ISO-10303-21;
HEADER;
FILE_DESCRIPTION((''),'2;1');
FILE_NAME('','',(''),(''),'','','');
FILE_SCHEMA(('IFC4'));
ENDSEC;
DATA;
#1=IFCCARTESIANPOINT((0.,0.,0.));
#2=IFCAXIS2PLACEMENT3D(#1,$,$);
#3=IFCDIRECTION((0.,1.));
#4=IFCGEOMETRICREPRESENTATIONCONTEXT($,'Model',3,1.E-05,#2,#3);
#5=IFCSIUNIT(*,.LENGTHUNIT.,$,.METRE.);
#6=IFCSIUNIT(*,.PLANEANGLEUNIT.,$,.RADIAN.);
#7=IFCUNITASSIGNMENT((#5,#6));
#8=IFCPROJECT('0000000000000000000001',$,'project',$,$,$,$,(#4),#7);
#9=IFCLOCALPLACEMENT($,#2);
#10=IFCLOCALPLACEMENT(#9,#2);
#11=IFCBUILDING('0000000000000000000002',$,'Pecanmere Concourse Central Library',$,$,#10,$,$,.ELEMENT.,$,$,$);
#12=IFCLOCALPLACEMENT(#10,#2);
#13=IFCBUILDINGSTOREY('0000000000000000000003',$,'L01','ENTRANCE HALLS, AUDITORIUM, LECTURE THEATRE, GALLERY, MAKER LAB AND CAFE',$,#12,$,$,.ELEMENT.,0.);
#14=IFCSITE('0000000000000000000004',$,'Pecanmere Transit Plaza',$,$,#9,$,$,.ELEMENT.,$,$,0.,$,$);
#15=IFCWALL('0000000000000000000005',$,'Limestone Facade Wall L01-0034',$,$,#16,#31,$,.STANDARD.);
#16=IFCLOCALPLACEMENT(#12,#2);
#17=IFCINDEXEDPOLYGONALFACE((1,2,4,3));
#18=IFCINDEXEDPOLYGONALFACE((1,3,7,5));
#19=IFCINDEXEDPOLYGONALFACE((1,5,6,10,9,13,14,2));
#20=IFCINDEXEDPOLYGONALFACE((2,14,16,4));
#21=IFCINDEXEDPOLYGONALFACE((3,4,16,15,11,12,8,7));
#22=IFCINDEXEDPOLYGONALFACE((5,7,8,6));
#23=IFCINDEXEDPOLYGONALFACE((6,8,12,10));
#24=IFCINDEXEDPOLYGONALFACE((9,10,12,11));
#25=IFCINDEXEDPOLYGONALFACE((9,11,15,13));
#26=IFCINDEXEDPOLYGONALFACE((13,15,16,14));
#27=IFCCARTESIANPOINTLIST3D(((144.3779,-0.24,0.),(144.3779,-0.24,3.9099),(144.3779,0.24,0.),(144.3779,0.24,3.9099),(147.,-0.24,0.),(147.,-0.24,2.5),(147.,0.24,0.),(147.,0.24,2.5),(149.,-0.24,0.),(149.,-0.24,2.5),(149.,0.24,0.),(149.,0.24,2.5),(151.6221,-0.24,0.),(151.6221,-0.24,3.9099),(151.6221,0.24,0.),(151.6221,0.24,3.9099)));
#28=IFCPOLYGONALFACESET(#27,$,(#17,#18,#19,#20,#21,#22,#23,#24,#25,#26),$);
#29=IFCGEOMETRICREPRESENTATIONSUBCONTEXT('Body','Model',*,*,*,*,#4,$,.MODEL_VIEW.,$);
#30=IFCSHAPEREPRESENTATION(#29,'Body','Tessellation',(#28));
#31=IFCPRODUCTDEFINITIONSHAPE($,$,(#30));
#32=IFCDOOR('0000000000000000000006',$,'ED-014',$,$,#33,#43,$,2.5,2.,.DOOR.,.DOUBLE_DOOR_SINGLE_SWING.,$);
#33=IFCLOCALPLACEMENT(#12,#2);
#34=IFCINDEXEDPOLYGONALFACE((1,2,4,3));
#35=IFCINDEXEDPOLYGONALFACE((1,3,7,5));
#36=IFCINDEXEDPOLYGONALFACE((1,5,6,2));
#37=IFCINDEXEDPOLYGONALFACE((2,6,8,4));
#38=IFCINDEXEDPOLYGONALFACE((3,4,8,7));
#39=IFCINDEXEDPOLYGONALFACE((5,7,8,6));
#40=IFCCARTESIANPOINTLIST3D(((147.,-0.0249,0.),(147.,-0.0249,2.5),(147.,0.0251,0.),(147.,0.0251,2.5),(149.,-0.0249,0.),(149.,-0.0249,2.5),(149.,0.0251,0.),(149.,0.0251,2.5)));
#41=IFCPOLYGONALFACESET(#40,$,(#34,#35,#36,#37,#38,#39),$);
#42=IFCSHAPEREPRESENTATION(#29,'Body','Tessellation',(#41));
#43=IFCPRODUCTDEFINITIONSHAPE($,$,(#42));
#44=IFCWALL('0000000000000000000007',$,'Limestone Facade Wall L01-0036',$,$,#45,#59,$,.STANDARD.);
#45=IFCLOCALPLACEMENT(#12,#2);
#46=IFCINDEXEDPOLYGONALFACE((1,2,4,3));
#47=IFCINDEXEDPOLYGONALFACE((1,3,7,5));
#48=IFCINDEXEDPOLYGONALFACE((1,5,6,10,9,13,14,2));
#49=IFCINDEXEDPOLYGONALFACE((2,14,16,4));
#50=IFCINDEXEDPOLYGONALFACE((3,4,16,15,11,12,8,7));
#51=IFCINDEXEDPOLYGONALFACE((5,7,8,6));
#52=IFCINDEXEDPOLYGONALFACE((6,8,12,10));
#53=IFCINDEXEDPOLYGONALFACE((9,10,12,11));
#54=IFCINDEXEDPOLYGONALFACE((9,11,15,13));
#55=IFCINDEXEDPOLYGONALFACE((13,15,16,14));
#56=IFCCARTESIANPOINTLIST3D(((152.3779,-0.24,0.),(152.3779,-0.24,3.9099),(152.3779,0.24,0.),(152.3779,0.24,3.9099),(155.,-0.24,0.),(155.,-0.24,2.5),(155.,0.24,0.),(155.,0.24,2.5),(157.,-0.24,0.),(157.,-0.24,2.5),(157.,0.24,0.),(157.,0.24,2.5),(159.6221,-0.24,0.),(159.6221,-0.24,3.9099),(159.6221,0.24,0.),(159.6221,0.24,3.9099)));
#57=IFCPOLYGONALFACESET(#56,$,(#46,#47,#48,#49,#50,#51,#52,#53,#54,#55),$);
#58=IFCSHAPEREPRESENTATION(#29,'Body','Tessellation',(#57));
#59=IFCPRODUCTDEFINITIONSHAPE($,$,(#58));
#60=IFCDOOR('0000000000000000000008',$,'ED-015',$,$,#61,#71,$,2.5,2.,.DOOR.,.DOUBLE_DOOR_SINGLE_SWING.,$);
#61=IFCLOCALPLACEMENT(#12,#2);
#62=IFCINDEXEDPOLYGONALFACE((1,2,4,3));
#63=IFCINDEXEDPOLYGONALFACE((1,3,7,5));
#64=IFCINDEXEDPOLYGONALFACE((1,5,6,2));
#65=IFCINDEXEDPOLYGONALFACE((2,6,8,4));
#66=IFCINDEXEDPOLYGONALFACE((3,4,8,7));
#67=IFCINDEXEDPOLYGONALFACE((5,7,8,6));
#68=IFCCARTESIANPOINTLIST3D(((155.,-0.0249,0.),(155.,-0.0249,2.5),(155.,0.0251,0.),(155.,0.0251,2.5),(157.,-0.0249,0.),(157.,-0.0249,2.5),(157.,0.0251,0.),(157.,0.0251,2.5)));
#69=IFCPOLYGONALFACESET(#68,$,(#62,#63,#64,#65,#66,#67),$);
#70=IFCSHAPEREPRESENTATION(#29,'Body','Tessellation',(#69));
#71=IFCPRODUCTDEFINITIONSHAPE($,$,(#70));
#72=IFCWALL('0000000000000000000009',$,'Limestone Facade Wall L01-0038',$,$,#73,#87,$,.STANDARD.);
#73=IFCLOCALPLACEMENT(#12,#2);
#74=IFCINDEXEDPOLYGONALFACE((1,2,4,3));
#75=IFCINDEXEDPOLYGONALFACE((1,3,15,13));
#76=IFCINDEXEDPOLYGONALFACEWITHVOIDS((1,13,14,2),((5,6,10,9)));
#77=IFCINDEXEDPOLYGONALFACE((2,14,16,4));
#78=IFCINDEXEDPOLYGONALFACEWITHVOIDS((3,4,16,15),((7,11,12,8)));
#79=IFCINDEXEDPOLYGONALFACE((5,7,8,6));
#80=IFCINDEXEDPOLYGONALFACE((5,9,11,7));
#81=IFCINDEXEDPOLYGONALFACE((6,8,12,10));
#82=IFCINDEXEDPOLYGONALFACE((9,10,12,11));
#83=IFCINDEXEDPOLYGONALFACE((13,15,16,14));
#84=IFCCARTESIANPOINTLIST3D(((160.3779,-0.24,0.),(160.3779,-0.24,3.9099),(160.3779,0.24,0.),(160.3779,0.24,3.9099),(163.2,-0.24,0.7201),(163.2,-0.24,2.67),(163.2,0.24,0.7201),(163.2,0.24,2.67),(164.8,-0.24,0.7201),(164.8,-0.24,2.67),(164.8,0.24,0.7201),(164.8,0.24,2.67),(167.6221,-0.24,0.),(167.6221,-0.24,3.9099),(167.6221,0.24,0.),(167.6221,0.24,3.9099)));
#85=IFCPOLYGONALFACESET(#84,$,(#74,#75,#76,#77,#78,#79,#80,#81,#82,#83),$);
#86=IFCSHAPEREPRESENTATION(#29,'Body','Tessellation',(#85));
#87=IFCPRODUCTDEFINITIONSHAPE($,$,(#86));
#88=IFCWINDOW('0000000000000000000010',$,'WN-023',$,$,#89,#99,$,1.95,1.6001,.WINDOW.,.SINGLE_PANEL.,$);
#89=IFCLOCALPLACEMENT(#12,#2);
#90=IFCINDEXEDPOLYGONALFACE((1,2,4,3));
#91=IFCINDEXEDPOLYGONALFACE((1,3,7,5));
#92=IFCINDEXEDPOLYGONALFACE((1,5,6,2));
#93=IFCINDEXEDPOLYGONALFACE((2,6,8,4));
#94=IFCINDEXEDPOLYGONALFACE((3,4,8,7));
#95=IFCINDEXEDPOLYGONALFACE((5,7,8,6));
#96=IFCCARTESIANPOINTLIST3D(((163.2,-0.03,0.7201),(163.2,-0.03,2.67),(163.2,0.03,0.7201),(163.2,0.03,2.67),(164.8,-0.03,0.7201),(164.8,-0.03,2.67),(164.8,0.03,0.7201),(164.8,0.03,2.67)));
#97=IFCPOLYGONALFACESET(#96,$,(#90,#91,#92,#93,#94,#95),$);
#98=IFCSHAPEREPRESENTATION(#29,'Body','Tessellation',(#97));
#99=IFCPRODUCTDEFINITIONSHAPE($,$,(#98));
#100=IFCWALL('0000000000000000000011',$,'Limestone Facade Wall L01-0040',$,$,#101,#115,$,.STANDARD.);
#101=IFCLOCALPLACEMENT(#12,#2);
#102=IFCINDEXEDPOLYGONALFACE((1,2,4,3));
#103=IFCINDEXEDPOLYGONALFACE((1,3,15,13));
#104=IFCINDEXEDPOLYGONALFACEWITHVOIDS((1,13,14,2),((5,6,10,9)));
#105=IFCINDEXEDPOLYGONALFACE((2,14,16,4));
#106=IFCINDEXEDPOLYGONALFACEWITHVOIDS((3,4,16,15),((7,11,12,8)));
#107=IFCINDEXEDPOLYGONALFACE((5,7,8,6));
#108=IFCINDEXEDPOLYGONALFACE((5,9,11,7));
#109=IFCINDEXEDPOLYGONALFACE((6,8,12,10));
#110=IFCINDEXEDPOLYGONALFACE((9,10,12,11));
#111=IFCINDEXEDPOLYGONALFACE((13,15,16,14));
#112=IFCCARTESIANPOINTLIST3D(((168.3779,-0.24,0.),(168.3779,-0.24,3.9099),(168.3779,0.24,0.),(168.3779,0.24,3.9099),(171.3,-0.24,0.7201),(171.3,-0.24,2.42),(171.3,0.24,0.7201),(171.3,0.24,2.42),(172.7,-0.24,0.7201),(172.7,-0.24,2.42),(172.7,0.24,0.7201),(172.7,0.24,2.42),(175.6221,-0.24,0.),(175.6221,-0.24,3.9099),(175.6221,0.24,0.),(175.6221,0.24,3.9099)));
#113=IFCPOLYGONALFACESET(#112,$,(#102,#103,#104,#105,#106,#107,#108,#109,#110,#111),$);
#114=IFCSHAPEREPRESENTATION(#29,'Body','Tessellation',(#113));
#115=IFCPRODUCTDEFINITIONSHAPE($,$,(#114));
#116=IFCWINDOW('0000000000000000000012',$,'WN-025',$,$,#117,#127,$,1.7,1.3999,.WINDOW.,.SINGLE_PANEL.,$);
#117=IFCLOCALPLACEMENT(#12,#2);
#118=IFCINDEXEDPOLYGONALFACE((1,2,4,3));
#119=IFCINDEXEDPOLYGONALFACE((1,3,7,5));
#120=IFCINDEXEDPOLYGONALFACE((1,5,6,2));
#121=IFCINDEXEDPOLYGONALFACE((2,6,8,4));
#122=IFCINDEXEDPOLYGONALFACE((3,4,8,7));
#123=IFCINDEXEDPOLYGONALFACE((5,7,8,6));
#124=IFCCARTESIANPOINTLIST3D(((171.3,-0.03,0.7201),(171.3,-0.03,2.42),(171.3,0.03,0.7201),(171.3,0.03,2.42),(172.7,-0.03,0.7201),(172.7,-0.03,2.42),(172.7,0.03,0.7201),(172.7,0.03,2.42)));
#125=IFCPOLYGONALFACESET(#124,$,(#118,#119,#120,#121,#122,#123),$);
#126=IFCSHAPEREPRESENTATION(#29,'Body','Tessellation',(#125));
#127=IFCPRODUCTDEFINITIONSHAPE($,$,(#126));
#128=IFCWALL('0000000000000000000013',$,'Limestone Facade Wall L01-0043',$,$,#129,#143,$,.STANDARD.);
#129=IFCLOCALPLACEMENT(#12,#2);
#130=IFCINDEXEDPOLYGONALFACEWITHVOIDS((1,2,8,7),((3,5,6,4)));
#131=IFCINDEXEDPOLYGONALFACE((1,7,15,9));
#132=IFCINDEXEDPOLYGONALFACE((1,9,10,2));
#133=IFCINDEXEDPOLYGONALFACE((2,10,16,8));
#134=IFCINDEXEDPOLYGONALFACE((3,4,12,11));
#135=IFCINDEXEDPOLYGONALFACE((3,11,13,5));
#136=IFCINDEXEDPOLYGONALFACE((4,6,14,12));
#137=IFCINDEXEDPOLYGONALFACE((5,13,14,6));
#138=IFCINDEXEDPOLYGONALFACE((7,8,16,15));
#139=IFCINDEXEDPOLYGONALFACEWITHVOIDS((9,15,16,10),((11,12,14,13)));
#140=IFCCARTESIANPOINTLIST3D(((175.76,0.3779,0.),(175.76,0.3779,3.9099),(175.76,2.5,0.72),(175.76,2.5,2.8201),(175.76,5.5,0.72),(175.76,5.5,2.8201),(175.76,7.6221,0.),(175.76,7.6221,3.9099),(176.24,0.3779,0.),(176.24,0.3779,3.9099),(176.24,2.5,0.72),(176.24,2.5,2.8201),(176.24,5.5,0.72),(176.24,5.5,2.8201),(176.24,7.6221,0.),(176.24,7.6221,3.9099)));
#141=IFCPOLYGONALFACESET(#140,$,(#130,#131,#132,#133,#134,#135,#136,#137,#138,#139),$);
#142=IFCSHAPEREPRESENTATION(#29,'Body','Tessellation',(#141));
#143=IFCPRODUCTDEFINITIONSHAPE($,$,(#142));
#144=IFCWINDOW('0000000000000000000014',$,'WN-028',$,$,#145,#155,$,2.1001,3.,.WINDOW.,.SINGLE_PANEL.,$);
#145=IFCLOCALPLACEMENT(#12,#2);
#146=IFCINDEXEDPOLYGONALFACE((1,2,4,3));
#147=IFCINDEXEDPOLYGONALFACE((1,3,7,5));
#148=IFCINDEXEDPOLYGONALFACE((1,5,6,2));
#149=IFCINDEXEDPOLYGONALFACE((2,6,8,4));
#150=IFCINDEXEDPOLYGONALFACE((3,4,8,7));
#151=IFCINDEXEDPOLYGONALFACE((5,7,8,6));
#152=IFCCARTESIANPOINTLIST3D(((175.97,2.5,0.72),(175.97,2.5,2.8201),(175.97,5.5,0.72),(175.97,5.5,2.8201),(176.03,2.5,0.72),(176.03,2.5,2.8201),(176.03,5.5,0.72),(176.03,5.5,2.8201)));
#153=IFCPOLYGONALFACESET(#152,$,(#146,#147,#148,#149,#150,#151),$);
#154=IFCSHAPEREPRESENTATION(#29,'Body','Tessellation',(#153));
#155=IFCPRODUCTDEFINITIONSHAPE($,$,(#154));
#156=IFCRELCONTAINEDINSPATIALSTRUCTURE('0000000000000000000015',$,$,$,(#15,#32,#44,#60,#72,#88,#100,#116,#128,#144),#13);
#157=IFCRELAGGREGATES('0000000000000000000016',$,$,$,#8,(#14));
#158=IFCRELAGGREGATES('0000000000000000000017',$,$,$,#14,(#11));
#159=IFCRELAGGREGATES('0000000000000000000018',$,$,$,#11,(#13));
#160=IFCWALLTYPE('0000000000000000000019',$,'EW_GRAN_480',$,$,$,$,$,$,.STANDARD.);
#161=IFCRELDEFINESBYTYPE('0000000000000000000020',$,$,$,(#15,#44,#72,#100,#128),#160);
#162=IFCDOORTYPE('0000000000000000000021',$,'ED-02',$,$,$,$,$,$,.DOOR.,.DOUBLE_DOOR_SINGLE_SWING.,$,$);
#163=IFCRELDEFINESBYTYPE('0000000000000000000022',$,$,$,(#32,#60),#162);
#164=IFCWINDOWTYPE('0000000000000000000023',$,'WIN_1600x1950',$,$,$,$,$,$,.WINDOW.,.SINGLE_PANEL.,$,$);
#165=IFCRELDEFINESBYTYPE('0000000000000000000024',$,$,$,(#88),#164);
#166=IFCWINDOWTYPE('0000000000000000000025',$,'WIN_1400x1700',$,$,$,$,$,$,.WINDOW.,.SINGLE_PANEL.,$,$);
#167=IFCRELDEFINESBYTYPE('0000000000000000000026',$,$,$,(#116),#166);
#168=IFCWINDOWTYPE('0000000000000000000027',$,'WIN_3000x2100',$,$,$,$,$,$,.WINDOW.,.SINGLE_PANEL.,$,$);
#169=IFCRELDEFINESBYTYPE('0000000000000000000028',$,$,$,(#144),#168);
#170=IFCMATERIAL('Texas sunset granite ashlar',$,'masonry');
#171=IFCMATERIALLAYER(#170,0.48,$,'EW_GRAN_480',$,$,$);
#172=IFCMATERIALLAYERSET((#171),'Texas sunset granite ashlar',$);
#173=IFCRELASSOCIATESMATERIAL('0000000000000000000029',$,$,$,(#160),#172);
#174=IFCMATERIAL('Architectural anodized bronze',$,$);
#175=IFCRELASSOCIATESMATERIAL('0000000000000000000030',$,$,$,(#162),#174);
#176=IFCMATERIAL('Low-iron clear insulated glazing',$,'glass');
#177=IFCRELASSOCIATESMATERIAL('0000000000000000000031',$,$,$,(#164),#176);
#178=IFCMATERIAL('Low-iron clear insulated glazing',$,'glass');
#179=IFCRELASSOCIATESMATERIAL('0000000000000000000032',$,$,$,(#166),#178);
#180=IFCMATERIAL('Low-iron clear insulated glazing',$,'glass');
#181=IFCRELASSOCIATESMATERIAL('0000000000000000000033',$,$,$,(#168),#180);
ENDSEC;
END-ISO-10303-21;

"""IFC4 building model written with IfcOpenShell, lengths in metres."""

from ifc_helpers import new_model, si_unit, direction, frame, frame_2d, origin, place, context, subcontext, project, spatial, rectangle, extrude, material, layer, layer_set, type_object, element, fill, save


model = new_model("IFC4")

# Units and contexts
model_context = context("Model", 3, precision=1e-05, world=origin(), true_north=direction((0.0, 1.0)))
body_context = subcontext(model_context, "Body", "Model", "MODEL_VIEW")
ifc_project = project(units=[si_unit("LENGTHUNIT", "METRE"), si_unit("PLANEANGLEUNIT", "RADIAN")], contexts=[model_context])

# Site, building, storey
site_placement = place(None, origin())
site = spatial("IfcSite", under=ifc_project, at=site_placement, Name="Pecanmere Transit Plaza", CompositionType="ELEMENT", RefElevation=0.0)
building_placement = place(site_placement, origin())
building = spatial("IfcBuilding", under=site, at=building_placement, Name="Pecanmere Concourse Central Library", CompositionType="ELEMENT")
storey_placement = place(building_placement, origin())
storey = spatial("IfcBuildingStorey", under=building, at=storey_placement, Name="L01", Description="ENTRANCE HALLS, AUDITORIUM, LECTURE THEATRE, GALLERY, MAKER LAB AND CAFE", CompositionType="ELEMENT", Elevation=0.0)

# Shared definitions
ifc_material_1 = material(Name="Texas sunset granite ashlar", Category="masonry")
ifc_layer_1 = layer(ifc_material_1, 0.48, Name="EW_GRAN_480")
ifc_layer_set_1 = layer_set([ifc_layer_1], Name="Texas sunset granite ashlar")
wall_type_1 = type_object("IfcWallType", Name="EW_GRAN_480", PredefinedType="STANDARD", material=ifc_layer_set_1)

# Walls, openings, doors
wall_1_placement = place(storey_placement, frame((144.3779, 0.0, 0.0), z_axis=(0.0, 0.0, 1.0), x_axis=(1.0, 0.0, 0.0)))
wall_1 = element("IfcWall", 1, at=wall_1_placement, inside=storey, type_object=wall_type_1, Name="Limestone Facade Wall L01-0034", PredefinedType="STANDARD", context=body_context, shape_type="SweptSolid", body=[
    extrude(rectangle(XDim=7.2441, YDim=0.48, at=frame_2d((3.6221, 0.0))), origin(), (0.0, 0.0, 1.0), 3.9099),
])
opening_1_placement = place(wall_1_placement, frame((2.6221, 0.0, 0.0)))
opening_1 = element("IfcOpeningElement", 2, at=opening_1_placement, cuts=wall_1, PredefinedType="OPENING", context=body_context, shape_type="SweptSolid", body=[
    extrude(rectangle(XDim=2.0, YDim=2.5, at=frame_2d((1.0, 1.25))), frame((0.0, 0.252, 0.0), z_axis=(0.0, -1.0, 0.0), x_axis=(1.0, 0.0, 0.0)), (0.0, 0.0, 1.0), 0.5039),
])
ifc_material_2 = material(Name="Architectural anodized bronze")
door_type_1 = type_object("IfcDoorType", Name="ED-02", OperationType="DOUBLE_DOOR_SINGLE_SWING", PredefinedType="DOOR", material=ifc_material_2)
door_1_placement = place(opening_1_placement, frame((2.0, 0.0, 0.0), z_axis=(0.0, 0.0, 1.0), x_axis=(-1.0, 0.0, 0.0)))
door_1 = element("IfcDoor", 3, at=door_1_placement, inside=storey, type_object=door_type_1, Name="ED-014", OperationType="DOUBLE_DOOR_SINGLE_SWING", OverallHeight=2.5, OverallWidth=2.0, PredefinedType="DOOR", context=body_context, shape_type="SweptSolid", body=[
    extrude(rectangle(XDim=2.0, YDim=2.5, at=frame_2d((1.0, 1.25))), frame((0.0, 0.0249, 0.0), z_axis=(0.0, -1.0, 0.0), x_axis=(1.0, 0.0, 0.0)), (0.0, 0.0, 1.0), 0.05),
])
fill(opening_1, door_1)
wall_2_placement = place(storey_placement, frame((152.3779, 0.0, 0.0), z_axis=(0.0, 0.0, 1.0), x_axis=(1.0, 0.0, 0.0)))
wall_2 = element("IfcWall", 4, at=wall_2_placement, inside=storey, type_object=wall_type_1, Name="Limestone Facade Wall L01-0036", PredefinedType="STANDARD", context=body_context, shape_type="SweptSolid", body=[
    extrude(rectangle(XDim=7.2441, YDim=0.48, at=frame_2d((3.6221, 0.0))), origin(), (0.0, 0.0, 1.0), 3.9099),
])
opening_2_placement = place(wall_2_placement, frame((2.6221, 0.0, 0.0)))
opening_2 = element("IfcOpeningElement", 5, at=opening_2_placement, cuts=wall_2, PredefinedType="OPENING", context=body_context, shape_type="SweptSolid", body=[
    extrude(rectangle(XDim=2.0, YDim=2.5, at=frame_2d((1.0, 1.25))), frame((0.0, 0.252, 0.0), z_axis=(0.0, -1.0, 0.0), x_axis=(1.0, 0.0, 0.0)), (0.0, 0.0, 1.0), 0.5039),
])
door_2_placement = place(opening_2_placement, frame((2.0, 0.0, 0.0), z_axis=(0.0, 0.0, 1.0), x_axis=(-1.0, 0.0, 0.0)))
door_2 = element("IfcDoor", 6, at=door_2_placement, inside=storey, type_object=door_type_1, Name="ED-015", OperationType="DOUBLE_DOOR_SINGLE_SWING", OverallHeight=2.5, OverallWidth=2.0, PredefinedType="DOOR", context=body_context, shape_type="SweptSolid", body=[
    extrude(rectangle(XDim=2.0, YDim=2.5, at=frame_2d((1.0, 1.25))), frame((0.0, 0.0249, 0.0), z_axis=(0.0, -1.0, 0.0), x_axis=(1.0, 0.0, 0.0)), (0.0, 0.0, 1.0), 0.05),
])
fill(opening_2, door_2)

# Walls, openings, windows
wall_3_placement = place(storey_placement, frame((160.3779, 0.0, 0.0), z_axis=(0.0, 0.0, 1.0), x_axis=(1.0, 0.0, 0.0)))
wall_3 = element("IfcWall", 7, at=wall_3_placement, inside=storey, type_object=wall_type_1, Name="Limestone Facade Wall L01-0038", PredefinedType="STANDARD", context=body_context, shape_type="SweptSolid", body=[
    extrude(rectangle(XDim=7.2441, YDim=0.48, at=frame_2d((3.6221, 0.0))), origin(), (0.0, 0.0, 1.0), 3.9099),
])
opening_3_placement = place(wall_3_placement, frame((2.822, 0.0, 0.72)))
opening_3 = element("IfcOpeningElement", 8, at=opening_3_placement, cuts=wall_3, PredefinedType="OPENING", context=body_context, shape_type="SweptSolid", body=[
    extrude(rectangle(XDim=1.6001, YDim=1.95, at=frame_2d((0.8, 0.9751))), frame((0.0, 0.252, 0.0), z_axis=(0.0, -1.0, 0.0), x_axis=(1.0, 0.0, 0.0)), (0.0, 0.0, 1.0), 0.5039),
])
ifc_material_3 = material(Name="Low-iron clear insulated glazing", Category="glass")
window_type_1 = type_object("IfcWindowType", Name="WIN_1600x1950", PartitioningType="SINGLE_PANEL", PredefinedType="WINDOW", material=ifc_material_3)
window_1_placement = place(opening_3_placement, origin())
window_1 = element("IfcWindow", 9, at=window_1_placement, inside=storey, type_object=window_type_1, Name="WN-023", OverallHeight=1.95, OverallWidth=1.6001, PartitioningType="SINGLE_PANEL", PredefinedType="WINDOW", context=body_context, shape_type="SweptSolid", body=[
    extrude(rectangle(XDim=1.6001, YDim=1.95, at=frame_2d((0.8, 0.9751))), frame((0.0, 0.03, 0.0), z_axis=(0.0, -1.0, 0.0), x_axis=(1.0, 0.0, 0.0)), (0.0, 0.0, 1.0), 0.0601),
])
fill(opening_3, window_1)
wall_4_placement = place(storey_placement, frame((168.3779, 0.0, 0.0), z_axis=(0.0, 0.0, 1.0), x_axis=(1.0, 0.0, 0.0)))
wall_4 = element("IfcWall", 10, at=wall_4_placement, inside=storey, type_object=wall_type_1, Name="Limestone Facade Wall L01-0040", PredefinedType="STANDARD", context=body_context, shape_type="SweptSolid", body=[
    extrude(rectangle(XDim=7.2441, YDim=0.48, at=frame_2d((3.6221, 0.0))), origin(), (0.0, 0.0, 1.0), 3.9099),
])
opening_4_placement = place(wall_4_placement, frame((2.9221, 0.0, 0.72)))
opening_4 = element("IfcOpeningElement", 11, at=opening_4_placement, cuts=wall_4, PredefinedType="OPENING", context=body_context, shape_type="SweptSolid", body=[
    extrude(rectangle(XDim=1.3999, YDim=1.7, at=frame_2d((0.7, 0.8501))), frame((0.0, 0.252, 0.0), z_axis=(0.0, -1.0, 0.0), x_axis=(1.0, 0.0, 0.0)), (0.0, 0.0, 1.0), 0.5039),
])
ifc_material_4 = material(Name="Low-iron clear insulated glazing", Category="glass")
window_type_2 = type_object("IfcWindowType", Name="WIN_1400x1700", PartitioningType="SINGLE_PANEL", PredefinedType="WINDOW", material=ifc_material_4)
window_2_placement = place(opening_4_placement, origin())
window_2 = element("IfcWindow", 12, at=window_2_placement, inside=storey, type_object=window_type_2, Name="WN-025", OverallHeight=1.7, OverallWidth=1.3999, PartitioningType="SINGLE_PANEL", PredefinedType="WINDOW", context=body_context, shape_type="SweptSolid", body=[
    extrude(rectangle(XDim=1.3999, YDim=1.7, at=frame_2d((0.7, 0.8501))), frame((0.0, 0.03, 0.0), z_axis=(0.0, -1.0, 0.0), x_axis=(1.0, 0.0, 0.0)), (0.0, 0.0, 1.0), 0.0601),
])
fill(opening_4, window_2)
wall_5_placement = place(storey_placement, frame((176.0, 0.3779, 0.0), z_axis=(0.0, 0.0, 1.0), x_axis=(0.0, 1.0, 0.0)))
wall_5 = element("IfcWall", 13, at=wall_5_placement, inside=storey, type_object=wall_type_1, Name="Limestone Facade Wall L01-0043", PredefinedType="STANDARD", context=body_context, shape_type="SweptSolid", body=[
    extrude(rectangle(XDim=7.2441, YDim=0.48, at=frame_2d((3.6221, 0.0))), origin(), (0.0, 0.0, 1.0), 3.9099),
])
opening_5_placement = place(wall_5_placement, frame((2.1221, 0.0, 0.72)))
opening_5 = element("IfcOpeningElement", 14, at=opening_5_placement, cuts=wall_5, PredefinedType="OPENING", context=body_context, shape_type="SweptSolid", body=[
    extrude(rectangle(XDim=3.0, YDim=2.1001, at=frame_2d((1.5, 1.05))), frame((0.0, 0.252, 0.0), z_axis=(0.0, -1.0, 0.0), x_axis=(1.0, 0.0, 0.0)), (0.0, 0.0, 1.0), 0.5039),
])
ifc_material_5 = material(Name="Low-iron clear insulated glazing", Category="glass")
window_type_3 = type_object("IfcWindowType", Name="WIN_3000x2100", PartitioningType="SINGLE_PANEL", PredefinedType="WINDOW", material=ifc_material_5)
window_3_placement = place(opening_5_placement, origin())
window_3 = element("IfcWindow", 15, at=window_3_placement, inside=storey, type_object=window_type_3, Name="WN-028", OverallHeight=2.1001, OverallWidth=3.0, PartitioningType="SINGLE_PANEL", PredefinedType="WINDOW", context=body_context, shape_type="SweptSolid", body=[
    extrude(rectangle(XDim=3.0, YDim=2.1001, at=frame_2d((1.5, 1.05))), frame((0.0, 0.03, 0.0), z_axis=(0.0, -1.0, 0.0), x_axis=(1.0, 0.0, 0.0)), (0.0, 0.0, 1.0), 0.0601),
])
fill(opening_5, window_3)

save(model, "model.ifc")
